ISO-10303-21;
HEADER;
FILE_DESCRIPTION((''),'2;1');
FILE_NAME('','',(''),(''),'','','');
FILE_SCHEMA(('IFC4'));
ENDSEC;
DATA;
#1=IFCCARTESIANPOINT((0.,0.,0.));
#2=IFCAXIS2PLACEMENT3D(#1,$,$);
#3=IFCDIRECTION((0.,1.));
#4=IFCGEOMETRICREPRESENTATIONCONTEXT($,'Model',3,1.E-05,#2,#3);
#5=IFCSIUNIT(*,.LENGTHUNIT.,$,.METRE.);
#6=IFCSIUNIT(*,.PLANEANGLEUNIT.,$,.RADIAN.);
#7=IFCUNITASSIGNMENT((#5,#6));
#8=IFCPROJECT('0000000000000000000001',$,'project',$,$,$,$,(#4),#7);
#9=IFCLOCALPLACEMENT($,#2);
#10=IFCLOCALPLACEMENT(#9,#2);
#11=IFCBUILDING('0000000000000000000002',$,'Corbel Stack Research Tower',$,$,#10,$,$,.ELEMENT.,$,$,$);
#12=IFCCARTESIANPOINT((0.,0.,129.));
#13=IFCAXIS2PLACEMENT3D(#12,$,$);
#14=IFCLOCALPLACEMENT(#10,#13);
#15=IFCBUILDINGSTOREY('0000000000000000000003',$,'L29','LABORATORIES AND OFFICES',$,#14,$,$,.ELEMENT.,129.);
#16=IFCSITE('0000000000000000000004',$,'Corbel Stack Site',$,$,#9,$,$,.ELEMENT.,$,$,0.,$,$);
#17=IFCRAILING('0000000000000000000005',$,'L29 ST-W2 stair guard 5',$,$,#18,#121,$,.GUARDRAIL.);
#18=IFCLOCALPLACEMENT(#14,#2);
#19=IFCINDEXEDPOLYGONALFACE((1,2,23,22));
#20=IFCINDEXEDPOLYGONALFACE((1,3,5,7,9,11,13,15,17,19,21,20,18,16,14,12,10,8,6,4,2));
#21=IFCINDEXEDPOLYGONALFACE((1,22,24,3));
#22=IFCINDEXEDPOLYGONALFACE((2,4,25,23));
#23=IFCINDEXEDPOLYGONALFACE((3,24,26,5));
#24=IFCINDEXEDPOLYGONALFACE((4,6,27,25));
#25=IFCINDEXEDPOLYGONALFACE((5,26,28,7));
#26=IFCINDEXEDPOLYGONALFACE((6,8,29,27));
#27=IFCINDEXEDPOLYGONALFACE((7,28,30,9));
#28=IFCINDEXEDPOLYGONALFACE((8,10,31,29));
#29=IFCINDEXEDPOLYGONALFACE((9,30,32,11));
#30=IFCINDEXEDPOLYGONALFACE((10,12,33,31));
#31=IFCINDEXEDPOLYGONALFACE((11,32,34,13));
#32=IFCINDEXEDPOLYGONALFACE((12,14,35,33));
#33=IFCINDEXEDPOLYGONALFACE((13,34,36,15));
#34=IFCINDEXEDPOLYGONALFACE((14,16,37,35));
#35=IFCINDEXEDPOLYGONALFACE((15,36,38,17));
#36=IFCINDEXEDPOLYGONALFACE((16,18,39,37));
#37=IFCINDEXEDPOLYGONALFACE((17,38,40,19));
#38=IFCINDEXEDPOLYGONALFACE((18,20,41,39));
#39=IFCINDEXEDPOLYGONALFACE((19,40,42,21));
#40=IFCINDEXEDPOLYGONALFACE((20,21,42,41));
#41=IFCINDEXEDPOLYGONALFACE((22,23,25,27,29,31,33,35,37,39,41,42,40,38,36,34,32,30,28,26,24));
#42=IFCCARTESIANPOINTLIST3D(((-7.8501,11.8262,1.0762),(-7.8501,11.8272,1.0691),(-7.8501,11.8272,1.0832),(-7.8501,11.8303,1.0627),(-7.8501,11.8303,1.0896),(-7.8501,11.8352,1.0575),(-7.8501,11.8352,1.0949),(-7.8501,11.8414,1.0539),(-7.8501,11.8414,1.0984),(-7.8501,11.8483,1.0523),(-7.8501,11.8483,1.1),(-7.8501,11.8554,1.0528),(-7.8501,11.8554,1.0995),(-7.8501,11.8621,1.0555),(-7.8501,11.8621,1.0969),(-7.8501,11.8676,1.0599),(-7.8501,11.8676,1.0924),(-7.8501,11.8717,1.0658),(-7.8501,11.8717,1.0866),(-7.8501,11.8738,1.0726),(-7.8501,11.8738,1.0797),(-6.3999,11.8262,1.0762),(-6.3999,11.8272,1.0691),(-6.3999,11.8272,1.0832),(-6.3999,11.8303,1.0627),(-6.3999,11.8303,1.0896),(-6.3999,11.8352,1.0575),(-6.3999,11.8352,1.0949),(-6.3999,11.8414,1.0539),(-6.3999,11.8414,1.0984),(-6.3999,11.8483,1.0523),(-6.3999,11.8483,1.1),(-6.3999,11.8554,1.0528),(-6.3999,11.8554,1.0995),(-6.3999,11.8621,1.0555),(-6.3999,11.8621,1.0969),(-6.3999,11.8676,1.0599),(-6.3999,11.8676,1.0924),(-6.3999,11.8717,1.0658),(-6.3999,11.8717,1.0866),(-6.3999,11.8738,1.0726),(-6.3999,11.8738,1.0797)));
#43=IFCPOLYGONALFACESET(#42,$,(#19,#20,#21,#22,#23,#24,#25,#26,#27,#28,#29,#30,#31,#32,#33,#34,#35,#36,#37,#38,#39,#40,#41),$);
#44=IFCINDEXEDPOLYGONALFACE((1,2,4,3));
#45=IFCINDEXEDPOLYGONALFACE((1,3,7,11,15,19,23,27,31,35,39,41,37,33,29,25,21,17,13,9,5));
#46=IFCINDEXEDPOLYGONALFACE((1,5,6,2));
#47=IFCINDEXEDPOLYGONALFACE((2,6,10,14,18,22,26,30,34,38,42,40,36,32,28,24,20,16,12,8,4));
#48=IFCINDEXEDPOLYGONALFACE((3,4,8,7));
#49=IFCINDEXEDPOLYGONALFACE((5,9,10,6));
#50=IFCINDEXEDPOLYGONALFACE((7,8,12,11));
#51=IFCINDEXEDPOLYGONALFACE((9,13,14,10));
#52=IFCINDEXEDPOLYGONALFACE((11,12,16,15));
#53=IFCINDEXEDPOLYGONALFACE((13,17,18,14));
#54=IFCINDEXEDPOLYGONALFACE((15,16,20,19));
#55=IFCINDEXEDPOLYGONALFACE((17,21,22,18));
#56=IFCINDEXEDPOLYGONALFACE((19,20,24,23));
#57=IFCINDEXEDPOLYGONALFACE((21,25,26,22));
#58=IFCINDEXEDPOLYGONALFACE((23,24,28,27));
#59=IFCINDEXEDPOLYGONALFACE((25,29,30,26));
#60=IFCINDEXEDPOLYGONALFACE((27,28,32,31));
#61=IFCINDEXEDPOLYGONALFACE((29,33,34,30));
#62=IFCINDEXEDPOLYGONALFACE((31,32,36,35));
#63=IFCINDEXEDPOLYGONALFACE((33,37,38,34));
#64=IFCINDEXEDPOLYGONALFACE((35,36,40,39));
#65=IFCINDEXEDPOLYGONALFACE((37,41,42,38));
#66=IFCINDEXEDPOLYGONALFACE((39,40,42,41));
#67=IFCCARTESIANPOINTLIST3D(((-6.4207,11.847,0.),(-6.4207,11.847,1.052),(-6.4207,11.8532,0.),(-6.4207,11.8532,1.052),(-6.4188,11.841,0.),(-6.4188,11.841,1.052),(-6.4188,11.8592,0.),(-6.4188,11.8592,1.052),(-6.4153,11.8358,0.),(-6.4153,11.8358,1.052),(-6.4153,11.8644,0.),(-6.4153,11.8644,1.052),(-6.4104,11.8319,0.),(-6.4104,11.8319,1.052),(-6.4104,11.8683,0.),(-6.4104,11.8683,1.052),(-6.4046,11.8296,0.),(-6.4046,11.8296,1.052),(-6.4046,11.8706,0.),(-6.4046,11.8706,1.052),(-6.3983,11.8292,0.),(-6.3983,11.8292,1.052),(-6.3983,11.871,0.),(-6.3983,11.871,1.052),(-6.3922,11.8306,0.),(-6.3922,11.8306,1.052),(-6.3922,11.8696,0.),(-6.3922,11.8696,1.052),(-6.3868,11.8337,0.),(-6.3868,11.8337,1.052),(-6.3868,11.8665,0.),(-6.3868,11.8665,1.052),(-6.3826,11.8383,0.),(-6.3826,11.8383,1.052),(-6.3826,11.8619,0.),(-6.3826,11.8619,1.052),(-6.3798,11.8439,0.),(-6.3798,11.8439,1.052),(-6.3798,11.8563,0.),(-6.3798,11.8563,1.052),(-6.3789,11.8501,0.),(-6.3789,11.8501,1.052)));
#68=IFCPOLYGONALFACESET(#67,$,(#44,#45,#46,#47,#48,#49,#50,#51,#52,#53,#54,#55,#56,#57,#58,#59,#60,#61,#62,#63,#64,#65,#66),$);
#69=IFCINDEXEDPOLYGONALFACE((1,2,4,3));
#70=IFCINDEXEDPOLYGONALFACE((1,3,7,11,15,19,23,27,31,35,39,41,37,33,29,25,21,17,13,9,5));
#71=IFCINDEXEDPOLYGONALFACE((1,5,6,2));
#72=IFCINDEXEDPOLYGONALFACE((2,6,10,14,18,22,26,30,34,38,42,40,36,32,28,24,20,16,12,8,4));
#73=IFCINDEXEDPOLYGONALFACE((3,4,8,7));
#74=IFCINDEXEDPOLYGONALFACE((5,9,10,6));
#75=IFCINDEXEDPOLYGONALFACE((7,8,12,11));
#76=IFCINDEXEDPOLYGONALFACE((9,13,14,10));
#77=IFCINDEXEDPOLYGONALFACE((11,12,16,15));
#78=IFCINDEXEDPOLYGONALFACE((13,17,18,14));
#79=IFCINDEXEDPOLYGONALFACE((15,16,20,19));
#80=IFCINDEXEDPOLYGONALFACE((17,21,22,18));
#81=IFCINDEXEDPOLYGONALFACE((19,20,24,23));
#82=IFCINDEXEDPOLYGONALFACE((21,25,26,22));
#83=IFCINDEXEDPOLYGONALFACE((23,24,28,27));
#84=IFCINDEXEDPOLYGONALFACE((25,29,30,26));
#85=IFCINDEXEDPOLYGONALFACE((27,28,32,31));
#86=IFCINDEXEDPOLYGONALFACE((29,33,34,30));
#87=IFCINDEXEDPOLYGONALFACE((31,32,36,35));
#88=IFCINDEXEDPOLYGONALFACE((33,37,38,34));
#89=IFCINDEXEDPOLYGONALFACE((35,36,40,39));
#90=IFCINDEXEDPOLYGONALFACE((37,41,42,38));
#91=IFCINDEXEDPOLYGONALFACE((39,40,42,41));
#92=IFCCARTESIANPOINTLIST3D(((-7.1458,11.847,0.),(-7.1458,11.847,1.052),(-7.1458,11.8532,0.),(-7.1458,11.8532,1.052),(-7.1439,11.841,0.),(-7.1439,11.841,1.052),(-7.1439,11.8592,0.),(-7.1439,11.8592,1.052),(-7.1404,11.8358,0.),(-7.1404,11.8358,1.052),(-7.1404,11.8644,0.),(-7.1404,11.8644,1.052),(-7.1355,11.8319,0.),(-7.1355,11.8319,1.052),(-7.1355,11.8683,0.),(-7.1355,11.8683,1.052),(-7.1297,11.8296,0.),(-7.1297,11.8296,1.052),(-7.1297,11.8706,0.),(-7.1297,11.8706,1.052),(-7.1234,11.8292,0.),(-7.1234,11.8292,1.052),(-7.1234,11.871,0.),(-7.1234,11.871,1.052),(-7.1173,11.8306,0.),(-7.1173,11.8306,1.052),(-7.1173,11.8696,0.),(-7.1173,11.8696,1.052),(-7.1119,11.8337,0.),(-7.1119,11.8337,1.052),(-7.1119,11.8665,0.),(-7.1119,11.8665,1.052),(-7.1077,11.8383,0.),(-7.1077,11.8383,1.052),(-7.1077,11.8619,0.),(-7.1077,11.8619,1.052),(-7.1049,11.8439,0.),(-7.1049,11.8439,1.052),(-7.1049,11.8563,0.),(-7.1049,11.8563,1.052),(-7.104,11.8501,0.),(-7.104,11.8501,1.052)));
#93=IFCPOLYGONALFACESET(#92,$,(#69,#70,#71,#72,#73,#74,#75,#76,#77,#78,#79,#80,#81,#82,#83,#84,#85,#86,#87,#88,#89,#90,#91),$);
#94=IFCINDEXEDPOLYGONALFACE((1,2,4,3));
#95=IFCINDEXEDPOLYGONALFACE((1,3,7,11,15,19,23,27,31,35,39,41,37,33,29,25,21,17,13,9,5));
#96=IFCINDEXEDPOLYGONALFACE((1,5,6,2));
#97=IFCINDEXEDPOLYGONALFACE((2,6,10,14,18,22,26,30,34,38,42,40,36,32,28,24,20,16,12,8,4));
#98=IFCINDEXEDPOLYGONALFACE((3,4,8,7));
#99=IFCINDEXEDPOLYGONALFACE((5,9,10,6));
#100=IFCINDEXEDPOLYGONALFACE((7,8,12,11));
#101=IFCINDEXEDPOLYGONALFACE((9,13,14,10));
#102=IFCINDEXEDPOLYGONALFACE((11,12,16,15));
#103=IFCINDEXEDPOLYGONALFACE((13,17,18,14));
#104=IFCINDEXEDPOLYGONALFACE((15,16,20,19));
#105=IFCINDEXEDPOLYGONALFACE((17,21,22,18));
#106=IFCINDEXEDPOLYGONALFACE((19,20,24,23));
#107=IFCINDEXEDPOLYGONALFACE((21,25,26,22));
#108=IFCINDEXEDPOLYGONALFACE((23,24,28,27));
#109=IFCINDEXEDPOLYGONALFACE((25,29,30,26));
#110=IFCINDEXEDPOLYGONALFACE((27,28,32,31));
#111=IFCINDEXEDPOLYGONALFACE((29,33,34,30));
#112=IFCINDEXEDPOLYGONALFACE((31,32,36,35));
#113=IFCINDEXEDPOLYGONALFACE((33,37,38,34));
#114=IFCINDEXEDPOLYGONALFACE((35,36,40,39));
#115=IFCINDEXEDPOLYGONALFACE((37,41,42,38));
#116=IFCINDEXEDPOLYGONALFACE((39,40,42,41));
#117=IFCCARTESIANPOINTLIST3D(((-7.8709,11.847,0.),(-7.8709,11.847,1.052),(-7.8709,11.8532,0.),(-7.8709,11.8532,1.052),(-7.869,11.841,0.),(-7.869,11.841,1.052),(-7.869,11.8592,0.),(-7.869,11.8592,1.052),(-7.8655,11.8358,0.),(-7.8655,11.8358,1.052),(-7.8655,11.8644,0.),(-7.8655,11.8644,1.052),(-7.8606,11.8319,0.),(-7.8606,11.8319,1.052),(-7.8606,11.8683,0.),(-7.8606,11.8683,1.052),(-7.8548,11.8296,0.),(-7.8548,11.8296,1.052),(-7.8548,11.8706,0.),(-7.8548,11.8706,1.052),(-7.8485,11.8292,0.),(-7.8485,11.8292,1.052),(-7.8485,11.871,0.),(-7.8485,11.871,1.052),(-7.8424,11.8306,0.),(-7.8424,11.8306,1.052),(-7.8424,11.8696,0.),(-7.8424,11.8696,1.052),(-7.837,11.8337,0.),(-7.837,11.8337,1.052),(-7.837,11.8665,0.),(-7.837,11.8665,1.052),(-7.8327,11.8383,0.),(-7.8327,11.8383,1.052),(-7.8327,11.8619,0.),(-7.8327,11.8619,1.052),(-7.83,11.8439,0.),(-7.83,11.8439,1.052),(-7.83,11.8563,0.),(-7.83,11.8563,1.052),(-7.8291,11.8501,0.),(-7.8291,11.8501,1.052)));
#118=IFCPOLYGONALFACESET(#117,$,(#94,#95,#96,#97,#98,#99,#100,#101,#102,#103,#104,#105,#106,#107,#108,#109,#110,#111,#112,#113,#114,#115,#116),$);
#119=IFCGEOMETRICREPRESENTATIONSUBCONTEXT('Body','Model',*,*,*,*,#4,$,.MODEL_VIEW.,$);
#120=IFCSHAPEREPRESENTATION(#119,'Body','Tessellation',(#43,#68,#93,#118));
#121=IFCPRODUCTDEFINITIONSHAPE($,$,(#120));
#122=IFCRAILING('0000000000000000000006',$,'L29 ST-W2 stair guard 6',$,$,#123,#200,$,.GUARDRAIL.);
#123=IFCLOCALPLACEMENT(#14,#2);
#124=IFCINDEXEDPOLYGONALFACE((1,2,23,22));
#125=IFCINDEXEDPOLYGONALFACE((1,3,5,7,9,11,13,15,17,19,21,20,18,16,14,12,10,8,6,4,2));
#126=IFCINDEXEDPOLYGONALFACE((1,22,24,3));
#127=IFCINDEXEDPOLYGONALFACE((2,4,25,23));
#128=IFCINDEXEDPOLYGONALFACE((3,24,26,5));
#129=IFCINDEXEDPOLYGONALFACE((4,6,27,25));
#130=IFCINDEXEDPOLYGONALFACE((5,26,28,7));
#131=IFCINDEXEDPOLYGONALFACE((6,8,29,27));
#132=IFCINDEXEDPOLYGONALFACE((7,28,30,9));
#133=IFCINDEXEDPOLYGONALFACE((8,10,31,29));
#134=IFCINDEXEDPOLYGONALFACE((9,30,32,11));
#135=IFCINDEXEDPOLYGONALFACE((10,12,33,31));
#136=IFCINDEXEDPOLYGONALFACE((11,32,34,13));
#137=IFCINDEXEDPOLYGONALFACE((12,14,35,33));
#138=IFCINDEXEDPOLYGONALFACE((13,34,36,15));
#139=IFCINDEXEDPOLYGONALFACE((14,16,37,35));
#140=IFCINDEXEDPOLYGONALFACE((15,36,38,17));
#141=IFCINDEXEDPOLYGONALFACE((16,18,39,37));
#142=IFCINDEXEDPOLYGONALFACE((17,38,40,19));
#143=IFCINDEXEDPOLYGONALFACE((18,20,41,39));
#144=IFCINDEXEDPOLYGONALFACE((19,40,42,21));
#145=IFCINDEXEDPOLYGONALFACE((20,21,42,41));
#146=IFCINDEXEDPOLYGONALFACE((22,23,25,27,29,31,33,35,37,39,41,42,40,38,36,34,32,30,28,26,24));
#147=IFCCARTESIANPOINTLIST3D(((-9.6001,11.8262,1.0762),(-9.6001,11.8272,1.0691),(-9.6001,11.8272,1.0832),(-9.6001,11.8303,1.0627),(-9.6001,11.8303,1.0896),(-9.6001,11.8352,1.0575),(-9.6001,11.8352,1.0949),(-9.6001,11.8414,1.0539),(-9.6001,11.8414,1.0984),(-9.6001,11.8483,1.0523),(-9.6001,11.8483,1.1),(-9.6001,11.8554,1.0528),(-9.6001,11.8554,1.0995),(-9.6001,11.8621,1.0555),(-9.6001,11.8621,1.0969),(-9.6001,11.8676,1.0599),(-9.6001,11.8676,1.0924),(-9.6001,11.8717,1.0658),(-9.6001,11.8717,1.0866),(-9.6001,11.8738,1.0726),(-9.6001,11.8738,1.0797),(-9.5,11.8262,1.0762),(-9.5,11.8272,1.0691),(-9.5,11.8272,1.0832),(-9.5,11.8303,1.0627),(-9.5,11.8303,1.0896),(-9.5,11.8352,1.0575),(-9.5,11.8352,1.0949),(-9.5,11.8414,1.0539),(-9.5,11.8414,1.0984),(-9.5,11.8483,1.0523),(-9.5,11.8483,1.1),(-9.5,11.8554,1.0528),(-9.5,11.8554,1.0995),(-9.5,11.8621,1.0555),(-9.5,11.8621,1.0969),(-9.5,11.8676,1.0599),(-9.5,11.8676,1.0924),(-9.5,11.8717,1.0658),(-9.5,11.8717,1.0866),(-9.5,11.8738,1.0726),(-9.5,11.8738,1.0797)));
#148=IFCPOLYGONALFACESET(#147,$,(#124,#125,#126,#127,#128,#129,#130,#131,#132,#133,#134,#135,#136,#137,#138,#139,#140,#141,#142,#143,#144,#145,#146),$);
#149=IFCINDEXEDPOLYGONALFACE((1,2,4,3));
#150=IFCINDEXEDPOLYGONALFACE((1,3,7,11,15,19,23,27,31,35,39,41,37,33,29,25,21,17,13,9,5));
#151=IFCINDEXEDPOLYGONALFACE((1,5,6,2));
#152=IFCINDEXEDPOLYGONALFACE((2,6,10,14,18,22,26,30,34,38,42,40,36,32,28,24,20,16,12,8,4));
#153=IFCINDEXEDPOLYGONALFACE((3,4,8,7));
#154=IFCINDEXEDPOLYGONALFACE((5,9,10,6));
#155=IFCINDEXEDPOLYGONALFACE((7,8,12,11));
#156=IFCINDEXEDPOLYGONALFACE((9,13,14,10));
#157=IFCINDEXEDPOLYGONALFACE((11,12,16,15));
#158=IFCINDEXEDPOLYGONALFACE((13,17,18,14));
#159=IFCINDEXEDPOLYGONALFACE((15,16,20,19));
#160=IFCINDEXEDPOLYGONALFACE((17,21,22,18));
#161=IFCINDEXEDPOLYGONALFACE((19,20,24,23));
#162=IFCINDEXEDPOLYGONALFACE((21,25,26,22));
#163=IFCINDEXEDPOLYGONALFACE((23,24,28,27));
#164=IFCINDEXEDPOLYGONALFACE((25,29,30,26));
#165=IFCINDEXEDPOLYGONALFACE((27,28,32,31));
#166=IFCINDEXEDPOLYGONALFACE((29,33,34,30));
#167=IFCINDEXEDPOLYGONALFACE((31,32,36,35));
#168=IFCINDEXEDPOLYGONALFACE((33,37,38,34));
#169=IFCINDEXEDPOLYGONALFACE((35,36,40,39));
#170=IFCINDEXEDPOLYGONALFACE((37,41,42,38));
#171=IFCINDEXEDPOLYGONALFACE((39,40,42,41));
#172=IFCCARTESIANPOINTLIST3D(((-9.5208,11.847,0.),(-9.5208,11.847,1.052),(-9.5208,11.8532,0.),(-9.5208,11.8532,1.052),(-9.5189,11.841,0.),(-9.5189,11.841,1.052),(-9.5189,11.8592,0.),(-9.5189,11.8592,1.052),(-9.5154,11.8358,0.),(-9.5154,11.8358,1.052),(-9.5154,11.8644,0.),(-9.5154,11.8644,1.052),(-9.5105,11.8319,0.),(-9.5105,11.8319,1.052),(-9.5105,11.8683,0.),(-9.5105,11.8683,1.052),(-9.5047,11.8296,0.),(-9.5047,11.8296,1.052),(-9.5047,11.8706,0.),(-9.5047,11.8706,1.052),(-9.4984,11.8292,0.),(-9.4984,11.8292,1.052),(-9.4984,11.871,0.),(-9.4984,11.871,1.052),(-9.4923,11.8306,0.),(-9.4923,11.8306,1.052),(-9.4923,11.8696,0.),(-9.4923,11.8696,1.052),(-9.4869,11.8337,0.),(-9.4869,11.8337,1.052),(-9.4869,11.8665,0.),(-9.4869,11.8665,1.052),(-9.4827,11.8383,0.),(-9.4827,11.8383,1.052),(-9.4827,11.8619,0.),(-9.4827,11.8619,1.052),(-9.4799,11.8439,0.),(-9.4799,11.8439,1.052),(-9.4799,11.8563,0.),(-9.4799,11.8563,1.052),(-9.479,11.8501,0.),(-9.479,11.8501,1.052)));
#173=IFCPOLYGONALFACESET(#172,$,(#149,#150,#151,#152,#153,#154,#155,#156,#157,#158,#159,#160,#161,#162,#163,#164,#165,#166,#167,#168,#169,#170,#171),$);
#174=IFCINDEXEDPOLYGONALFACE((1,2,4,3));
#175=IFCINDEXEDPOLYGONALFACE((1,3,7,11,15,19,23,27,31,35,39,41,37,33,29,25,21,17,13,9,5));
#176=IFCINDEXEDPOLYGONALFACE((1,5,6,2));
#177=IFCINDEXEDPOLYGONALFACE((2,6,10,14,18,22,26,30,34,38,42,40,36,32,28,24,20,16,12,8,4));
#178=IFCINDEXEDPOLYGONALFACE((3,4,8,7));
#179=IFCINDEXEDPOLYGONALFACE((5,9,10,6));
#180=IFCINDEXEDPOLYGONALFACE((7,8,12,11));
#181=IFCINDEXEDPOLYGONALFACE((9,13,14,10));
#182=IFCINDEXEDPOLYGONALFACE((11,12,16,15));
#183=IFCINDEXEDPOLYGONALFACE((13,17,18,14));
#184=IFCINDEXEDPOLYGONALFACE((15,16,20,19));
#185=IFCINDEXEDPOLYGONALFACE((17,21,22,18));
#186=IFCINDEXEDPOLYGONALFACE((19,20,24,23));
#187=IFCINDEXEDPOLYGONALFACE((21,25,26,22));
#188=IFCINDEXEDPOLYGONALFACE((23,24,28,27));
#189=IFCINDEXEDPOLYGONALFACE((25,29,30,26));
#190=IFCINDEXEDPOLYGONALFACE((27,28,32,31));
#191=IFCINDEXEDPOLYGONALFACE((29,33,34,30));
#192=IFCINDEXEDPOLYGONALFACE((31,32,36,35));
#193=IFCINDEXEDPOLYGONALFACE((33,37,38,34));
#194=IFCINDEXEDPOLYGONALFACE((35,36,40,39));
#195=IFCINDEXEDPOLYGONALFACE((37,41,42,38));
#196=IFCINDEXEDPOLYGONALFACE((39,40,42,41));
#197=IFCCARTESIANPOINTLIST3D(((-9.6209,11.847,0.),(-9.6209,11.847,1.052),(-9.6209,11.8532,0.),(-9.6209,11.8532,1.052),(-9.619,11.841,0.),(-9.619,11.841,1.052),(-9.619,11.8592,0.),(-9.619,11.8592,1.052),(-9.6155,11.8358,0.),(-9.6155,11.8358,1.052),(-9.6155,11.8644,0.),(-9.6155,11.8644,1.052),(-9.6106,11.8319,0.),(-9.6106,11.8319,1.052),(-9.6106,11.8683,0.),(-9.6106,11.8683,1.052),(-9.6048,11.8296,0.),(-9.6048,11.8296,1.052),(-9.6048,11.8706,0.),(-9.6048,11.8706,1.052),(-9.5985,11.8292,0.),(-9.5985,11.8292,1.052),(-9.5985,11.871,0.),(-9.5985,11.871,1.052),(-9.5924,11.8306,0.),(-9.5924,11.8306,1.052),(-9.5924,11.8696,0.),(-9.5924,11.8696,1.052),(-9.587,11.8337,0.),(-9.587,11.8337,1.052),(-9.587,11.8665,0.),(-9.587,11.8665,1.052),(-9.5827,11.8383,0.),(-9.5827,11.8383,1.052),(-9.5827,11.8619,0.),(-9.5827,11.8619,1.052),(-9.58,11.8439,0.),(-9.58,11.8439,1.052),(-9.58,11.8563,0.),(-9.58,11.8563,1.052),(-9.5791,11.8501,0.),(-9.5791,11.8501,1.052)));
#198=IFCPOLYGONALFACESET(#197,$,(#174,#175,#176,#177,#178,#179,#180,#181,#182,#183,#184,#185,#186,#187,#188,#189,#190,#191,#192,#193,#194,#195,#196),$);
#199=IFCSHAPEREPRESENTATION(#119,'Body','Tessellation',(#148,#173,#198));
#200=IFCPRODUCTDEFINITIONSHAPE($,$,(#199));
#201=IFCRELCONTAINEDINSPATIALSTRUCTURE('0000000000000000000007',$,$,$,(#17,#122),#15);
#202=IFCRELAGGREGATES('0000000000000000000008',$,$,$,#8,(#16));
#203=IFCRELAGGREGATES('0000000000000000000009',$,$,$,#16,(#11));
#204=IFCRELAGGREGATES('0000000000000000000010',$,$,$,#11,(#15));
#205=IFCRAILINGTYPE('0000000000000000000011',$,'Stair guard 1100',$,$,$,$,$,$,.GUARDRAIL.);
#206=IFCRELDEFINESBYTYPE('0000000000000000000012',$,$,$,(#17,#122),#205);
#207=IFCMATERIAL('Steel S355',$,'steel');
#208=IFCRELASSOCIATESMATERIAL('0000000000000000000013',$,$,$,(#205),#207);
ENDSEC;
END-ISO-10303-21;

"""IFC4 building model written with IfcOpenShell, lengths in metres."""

from ifc_helpers import new_model, si_unit, direction, frame, origin, origin_2d, place, context, subcontext, project, spatial, circle, extrude, material, type_object, element, save


model = new_model("IFC4")

# Units and contexts
model_context = context("Model", 3, precision=1e-05, world=origin(), true_north=direction((0.0, 1.0)))
body_context = subcontext(model_context, "Body", "Model", "MODEL_VIEW")
ifc_project = project(units=[si_unit("LENGTHUNIT", "METRE"), si_unit("PLANEANGLEUNIT", "RADIAN")], contexts=[model_context])

# Site, building, storey
site_placement = place(None, origin())
site = spatial("IfcSite", under=ifc_project, at=site_placement, Name="Corbel Stack Site", CompositionType="ELEMENT", RefElevation=0.0)
building_placement = place(site_placement, origin())
building = spatial("IfcBuilding", under=site, at=building_placement, Name="Corbel Stack Research Tower", CompositionType="ELEMENT")
storey_placement = place(building_placement, frame((0.0, 0.0, 129.0)))
storey = spatial("IfcBuildingStorey", under=building, at=storey_placement, Name="L29", Description="LABORATORIES AND OFFICES", CompositionType="ELEMENT", Elevation=129.0)

# Railings
ifc_material_1 = material(Name="Steel S355", Category="steel")
railing_type = type_object("IfcRailingType", Name="Stair guard 1100", PredefinedType="GUARDRAIL", material=ifc_material_1)
railing_1_placement = place(storey_placement, frame((-6.3999, 11.8501, 0.0)))
element("IfcRailing", 1, at=railing_1_placement, inside=storey, type_object=railing_type, Name="L29 ST-W2 stair guard 5", PredefinedType="GUARDRAIL", context=body_context, shape_type="SweptSolid", body=[
    extrude(circle(Radius=0.0239, at=origin_2d()), frame((0.0, 0.0, 1.0762), z_axis=(-1.0, 0.0, 0.0), x_axis=(0.0, -1.0, 0.0)), (0.0, 0.0, 1.0), 1.4502),
    extrude(circle(Radius=0.021, at=origin_2d()), origin(), (0.0, 0.0, 1.0), 1.052),
    extrude(circle(Radius=0.021, at=origin_2d()), frame((-0.7251, 0.0, 0.0)), (0.0, 0.0, 1.0), 1.052),
    extrude(circle(Radius=0.021, at=origin_2d()), frame((-1.4502, 0.0, 0.0)), (0.0, 0.0, 1.0), 1.052),
])
railing_2_placement = place(storey_placement, frame((-9.5, 11.8501, 0.0)))
element("IfcRailing", 2, at=railing_2_placement, inside=storey, type_object=railing_type, Name="L29 ST-W2 stair guard 6", PredefinedType="GUARDRAIL", context=body_context, shape_type="SweptSolid", body=[
    extrude(circle(Radius=0.0239, at=origin_2d()), frame((0.0, 0.0, 1.0762), z_axis=(-1.0, 0.0, 0.0), x_axis=(0.0, -1.0, 0.0)), (0.0, 0.0, 1.0), 0.1001),
    extrude(circle(Radius=0.021, at=origin_2d()), origin(), (0.0, 0.0, 1.0), 1.052),
    extrude(circle(Radius=0.021, at=origin_2d()), frame((-0.1001, 0.0, 0.0)), (0.0, 0.0, 1.0), 1.052),
])

save(model, "model.ifc")
